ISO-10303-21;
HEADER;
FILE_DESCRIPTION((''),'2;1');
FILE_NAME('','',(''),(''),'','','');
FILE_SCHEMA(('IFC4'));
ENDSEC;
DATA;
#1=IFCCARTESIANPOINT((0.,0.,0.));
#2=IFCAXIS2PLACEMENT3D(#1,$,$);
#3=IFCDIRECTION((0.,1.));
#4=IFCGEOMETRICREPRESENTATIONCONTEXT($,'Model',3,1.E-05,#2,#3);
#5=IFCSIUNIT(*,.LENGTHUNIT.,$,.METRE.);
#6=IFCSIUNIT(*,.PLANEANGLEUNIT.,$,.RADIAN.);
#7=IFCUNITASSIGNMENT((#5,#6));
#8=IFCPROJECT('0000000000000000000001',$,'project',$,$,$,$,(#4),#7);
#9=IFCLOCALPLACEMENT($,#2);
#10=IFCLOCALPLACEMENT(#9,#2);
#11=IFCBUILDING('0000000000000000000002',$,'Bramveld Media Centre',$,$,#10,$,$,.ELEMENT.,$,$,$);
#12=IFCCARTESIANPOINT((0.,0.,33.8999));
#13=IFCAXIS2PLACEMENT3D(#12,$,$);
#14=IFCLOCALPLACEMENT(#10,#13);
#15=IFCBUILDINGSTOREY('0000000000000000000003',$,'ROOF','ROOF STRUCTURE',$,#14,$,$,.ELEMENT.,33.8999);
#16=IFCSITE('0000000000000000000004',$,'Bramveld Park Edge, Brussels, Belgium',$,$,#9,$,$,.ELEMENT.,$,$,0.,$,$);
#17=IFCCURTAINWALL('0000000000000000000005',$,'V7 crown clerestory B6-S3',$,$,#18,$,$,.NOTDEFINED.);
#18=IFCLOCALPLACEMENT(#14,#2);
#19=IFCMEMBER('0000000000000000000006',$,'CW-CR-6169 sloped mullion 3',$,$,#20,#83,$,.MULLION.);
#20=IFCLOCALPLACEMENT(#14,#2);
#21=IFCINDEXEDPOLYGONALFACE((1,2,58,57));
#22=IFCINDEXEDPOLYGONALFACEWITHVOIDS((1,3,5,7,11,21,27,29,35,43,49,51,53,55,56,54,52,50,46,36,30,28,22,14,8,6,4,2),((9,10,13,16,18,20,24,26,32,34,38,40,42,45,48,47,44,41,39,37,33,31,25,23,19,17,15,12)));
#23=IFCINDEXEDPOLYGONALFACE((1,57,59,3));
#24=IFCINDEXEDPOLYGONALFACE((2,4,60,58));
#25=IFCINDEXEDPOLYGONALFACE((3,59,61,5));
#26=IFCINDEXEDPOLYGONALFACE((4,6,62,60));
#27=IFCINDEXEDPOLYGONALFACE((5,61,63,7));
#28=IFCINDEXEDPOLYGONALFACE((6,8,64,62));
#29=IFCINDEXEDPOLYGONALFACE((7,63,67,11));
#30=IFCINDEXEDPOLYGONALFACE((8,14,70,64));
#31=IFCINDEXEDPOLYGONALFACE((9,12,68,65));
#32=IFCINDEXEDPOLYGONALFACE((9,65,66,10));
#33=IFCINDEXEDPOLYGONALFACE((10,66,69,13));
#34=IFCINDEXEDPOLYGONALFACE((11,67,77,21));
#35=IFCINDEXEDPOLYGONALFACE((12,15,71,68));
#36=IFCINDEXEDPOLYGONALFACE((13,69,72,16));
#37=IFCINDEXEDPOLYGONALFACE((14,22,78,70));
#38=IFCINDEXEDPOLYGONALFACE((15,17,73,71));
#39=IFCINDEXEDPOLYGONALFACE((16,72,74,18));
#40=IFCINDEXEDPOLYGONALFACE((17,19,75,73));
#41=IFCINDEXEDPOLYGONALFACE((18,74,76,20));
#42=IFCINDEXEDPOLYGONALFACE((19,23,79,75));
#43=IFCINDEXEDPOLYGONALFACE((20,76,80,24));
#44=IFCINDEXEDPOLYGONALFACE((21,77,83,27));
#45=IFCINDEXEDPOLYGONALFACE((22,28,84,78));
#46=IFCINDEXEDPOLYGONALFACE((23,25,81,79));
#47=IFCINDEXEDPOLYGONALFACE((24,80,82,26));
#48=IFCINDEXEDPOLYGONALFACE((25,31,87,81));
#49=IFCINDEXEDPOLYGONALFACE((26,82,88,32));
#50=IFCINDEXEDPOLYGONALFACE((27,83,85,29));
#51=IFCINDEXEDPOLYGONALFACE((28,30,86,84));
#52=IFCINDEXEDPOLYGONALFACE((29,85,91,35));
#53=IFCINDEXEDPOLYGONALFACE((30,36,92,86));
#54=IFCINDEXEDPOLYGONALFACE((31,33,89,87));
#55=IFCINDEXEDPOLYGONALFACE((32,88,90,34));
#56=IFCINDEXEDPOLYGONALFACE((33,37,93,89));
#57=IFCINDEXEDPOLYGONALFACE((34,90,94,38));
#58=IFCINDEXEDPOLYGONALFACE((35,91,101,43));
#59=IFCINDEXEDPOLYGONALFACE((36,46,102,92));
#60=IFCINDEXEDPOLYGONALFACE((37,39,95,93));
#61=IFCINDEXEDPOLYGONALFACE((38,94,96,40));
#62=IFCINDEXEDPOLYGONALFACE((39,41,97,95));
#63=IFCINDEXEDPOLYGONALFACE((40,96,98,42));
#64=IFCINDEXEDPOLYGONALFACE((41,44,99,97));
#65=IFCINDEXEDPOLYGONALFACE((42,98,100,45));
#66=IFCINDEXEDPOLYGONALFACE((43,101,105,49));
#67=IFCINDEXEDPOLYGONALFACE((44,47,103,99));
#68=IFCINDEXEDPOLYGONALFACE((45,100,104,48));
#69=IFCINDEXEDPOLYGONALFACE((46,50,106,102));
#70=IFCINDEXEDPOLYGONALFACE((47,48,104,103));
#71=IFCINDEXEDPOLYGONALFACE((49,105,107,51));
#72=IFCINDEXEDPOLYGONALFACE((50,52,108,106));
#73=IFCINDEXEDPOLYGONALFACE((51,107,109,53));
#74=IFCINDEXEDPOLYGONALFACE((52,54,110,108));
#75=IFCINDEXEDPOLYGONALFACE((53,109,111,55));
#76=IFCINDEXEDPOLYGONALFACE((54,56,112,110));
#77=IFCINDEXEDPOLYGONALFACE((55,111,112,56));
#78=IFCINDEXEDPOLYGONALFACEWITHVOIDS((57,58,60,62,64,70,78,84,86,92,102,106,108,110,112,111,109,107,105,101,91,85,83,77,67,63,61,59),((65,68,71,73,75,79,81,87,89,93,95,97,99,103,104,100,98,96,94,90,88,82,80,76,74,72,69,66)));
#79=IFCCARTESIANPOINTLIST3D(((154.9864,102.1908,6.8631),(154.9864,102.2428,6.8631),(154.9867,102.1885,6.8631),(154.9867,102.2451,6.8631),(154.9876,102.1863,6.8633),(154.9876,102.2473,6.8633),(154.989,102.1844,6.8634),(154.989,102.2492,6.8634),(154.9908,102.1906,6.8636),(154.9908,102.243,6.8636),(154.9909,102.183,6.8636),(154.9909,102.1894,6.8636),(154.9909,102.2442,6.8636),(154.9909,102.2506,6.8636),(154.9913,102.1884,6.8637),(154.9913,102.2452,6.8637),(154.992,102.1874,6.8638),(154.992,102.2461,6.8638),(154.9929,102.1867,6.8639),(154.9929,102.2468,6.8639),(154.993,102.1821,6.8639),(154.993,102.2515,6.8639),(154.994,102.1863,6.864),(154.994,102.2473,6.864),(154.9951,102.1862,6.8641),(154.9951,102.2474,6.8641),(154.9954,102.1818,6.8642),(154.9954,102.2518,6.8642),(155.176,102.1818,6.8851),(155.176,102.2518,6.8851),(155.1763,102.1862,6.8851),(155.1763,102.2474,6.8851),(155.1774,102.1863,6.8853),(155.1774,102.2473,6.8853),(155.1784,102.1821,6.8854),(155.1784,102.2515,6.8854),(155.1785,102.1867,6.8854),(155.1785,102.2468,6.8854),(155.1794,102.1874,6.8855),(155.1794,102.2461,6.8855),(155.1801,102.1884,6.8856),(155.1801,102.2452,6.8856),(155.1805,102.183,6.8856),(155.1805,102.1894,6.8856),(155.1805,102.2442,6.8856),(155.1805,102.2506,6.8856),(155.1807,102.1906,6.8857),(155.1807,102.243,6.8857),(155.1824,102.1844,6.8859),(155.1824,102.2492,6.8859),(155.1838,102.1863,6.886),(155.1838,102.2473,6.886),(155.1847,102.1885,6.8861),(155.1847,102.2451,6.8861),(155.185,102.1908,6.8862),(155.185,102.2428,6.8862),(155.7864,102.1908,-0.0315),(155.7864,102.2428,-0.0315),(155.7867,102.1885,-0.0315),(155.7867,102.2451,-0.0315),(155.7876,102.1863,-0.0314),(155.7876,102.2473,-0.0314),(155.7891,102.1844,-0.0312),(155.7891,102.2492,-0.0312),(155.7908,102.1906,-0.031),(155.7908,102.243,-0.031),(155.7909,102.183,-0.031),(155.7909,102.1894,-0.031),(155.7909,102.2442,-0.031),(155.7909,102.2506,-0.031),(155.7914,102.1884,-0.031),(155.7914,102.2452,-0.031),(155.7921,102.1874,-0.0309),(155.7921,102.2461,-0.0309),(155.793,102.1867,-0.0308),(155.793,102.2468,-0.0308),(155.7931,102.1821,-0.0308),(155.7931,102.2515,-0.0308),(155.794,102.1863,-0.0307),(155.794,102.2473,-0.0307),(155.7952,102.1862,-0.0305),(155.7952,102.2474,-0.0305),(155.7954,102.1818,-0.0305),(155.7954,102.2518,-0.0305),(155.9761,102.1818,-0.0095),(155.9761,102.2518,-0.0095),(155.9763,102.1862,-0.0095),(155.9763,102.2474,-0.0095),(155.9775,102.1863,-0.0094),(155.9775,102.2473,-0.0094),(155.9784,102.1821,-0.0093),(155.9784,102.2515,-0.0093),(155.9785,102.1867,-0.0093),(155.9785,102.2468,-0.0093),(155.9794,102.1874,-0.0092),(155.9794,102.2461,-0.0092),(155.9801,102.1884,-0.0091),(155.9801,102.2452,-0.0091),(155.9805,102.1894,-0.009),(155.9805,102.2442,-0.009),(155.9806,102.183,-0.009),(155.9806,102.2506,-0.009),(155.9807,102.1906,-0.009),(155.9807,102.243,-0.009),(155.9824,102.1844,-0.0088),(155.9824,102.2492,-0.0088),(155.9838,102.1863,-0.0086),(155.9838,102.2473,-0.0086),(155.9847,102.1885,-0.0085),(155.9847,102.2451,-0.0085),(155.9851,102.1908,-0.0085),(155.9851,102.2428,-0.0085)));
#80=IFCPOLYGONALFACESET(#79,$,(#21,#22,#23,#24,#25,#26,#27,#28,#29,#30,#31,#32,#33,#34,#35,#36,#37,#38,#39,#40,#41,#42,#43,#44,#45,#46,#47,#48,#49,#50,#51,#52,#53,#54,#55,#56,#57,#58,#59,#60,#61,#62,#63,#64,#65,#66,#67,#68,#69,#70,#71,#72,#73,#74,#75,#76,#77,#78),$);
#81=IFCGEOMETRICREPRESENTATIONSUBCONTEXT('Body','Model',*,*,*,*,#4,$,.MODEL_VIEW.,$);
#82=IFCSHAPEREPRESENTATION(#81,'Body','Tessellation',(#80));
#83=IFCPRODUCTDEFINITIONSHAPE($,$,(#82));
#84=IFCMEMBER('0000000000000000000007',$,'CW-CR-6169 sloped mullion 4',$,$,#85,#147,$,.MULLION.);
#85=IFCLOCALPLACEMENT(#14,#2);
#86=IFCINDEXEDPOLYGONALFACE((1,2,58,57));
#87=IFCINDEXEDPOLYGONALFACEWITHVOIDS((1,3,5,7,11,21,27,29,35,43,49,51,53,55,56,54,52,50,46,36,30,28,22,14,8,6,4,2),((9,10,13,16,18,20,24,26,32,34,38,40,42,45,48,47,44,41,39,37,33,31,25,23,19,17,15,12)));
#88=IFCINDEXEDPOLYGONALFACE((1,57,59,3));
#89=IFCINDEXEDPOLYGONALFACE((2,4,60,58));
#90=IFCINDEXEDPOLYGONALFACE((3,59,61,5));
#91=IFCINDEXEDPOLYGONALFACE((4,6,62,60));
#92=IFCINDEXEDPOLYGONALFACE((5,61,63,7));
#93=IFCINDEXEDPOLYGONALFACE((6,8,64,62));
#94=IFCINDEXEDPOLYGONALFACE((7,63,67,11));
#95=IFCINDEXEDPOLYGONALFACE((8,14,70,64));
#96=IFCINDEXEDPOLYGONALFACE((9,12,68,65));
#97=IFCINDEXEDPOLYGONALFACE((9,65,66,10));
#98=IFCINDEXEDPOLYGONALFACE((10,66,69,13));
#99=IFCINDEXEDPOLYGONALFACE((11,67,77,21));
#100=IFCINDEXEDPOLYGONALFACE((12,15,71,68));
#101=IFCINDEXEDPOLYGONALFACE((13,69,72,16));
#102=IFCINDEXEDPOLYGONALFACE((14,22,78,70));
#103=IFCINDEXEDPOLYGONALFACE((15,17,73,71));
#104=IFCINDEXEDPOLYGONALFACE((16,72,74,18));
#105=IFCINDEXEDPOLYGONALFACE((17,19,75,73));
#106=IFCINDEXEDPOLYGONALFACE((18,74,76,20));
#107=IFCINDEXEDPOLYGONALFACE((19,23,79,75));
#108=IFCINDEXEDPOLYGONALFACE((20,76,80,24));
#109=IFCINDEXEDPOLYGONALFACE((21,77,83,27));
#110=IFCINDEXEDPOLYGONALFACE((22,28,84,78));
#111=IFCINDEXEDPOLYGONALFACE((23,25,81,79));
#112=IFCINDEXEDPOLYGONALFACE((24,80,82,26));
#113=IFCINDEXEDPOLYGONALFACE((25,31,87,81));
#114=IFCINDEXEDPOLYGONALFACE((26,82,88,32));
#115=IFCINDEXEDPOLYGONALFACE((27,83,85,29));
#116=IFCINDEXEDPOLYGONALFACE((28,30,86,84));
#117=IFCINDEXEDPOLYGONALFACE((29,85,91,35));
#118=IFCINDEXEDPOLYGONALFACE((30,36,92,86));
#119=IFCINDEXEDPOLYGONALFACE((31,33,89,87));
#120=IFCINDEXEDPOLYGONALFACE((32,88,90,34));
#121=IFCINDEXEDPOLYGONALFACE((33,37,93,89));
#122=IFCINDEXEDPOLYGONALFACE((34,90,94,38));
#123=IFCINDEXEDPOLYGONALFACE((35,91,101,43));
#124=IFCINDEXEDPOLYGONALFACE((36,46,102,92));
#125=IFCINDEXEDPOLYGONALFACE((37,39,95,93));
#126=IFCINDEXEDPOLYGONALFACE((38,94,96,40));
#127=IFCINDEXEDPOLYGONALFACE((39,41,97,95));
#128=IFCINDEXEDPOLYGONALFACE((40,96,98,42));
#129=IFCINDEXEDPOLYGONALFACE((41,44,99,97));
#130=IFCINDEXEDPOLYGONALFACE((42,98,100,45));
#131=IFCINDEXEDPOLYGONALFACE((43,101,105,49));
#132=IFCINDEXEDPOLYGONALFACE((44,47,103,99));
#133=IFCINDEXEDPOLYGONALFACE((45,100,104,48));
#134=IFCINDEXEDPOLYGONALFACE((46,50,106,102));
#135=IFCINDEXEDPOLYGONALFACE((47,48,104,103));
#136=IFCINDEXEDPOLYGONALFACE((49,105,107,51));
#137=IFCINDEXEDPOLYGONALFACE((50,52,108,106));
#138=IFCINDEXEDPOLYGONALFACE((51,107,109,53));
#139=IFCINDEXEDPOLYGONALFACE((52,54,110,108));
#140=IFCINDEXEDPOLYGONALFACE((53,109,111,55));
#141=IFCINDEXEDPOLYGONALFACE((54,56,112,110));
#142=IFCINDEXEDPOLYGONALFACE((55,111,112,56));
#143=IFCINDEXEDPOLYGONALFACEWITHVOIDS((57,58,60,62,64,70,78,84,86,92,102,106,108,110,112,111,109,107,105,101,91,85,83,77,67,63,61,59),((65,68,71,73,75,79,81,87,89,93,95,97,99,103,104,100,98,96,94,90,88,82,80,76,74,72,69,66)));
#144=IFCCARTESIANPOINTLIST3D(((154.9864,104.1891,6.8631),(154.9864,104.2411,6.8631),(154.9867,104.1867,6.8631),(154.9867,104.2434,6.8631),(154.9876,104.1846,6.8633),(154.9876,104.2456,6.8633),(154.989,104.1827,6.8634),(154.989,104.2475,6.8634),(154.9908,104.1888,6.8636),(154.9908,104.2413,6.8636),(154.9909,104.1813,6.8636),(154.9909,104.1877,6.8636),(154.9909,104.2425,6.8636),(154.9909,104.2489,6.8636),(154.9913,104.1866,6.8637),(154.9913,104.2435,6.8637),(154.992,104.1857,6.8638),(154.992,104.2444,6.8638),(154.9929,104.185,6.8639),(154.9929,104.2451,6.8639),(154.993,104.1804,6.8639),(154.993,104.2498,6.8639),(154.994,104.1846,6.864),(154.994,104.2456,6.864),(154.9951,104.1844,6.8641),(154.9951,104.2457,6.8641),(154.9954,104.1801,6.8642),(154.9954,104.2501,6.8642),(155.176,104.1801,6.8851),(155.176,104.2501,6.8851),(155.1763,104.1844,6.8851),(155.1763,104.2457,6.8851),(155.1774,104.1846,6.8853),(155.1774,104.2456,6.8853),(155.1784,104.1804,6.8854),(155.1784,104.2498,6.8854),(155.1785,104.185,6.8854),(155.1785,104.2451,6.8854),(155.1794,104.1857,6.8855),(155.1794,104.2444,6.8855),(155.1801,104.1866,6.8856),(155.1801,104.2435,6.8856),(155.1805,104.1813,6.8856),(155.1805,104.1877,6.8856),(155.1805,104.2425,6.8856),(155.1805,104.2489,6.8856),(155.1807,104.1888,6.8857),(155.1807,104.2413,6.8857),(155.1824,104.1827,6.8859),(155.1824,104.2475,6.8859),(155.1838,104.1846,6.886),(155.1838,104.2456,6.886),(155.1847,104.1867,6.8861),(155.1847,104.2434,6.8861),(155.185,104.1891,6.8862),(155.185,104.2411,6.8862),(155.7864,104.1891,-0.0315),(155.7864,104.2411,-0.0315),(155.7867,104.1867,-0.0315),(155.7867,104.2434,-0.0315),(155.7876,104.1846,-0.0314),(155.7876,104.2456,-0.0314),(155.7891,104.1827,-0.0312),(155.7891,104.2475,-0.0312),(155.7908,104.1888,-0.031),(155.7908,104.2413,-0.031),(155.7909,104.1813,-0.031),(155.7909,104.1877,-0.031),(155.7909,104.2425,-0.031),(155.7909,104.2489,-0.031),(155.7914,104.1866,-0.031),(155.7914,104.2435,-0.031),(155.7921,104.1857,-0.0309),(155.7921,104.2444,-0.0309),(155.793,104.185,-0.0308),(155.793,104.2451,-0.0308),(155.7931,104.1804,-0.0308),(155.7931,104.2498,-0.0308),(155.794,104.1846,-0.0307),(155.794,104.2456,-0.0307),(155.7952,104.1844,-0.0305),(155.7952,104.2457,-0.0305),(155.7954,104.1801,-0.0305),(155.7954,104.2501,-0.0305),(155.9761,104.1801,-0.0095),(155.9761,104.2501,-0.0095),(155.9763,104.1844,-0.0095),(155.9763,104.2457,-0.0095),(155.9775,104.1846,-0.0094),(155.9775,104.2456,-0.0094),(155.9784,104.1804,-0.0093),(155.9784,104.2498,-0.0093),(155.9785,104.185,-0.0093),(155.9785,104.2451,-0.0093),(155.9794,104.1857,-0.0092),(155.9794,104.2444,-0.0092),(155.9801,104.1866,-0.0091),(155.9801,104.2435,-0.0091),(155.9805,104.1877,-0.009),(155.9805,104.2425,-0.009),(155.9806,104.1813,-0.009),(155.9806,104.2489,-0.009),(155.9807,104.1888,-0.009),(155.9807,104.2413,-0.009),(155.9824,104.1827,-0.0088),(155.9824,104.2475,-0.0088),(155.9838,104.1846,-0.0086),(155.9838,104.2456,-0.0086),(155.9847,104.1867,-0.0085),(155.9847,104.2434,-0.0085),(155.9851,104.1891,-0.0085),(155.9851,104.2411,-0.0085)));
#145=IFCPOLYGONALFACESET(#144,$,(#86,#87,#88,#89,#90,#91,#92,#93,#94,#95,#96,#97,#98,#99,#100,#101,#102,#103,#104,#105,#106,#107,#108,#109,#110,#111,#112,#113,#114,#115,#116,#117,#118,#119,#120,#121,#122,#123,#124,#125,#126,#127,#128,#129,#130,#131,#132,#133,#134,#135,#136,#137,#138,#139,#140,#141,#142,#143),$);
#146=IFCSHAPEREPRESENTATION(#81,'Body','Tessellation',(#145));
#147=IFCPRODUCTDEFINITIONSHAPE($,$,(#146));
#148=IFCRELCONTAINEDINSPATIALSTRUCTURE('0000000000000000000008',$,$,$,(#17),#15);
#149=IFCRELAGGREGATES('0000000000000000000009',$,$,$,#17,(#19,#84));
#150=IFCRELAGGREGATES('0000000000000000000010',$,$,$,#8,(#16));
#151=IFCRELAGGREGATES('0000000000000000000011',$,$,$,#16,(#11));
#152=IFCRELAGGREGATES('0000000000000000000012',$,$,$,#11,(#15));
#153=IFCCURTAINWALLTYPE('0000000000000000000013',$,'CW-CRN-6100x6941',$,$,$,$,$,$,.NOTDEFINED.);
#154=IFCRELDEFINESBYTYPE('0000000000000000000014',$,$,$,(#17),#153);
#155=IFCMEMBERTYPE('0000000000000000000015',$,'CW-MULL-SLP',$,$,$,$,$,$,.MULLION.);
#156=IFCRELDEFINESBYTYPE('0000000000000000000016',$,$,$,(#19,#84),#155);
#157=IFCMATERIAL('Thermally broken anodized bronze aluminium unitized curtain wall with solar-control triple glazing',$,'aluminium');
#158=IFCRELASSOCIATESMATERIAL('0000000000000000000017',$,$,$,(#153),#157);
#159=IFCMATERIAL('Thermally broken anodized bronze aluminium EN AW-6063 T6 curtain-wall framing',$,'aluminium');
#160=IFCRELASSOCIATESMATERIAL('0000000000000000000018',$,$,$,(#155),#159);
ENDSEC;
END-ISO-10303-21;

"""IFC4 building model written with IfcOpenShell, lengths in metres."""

from ifc_helpers import new_model, si_unit, direction, frame, origin, origin_2d, place, context, subcontext, project, spatial, hollow_rectangle, extrude, material, material_profile, profile_set, type_object, element, aggregate, save


model = new_model("IFC4")

# Units and contexts
model_context = context("Model", 3, precision=1e-05, world=origin(), true_north=direction((0.0, 1.0)))
body_context = subcontext(model_context, "Body", "Model", "MODEL_VIEW")
ifc_project = project(units=[si_unit("LENGTHUNIT", "METRE"), si_unit("PLANEANGLEUNIT", "RADIAN")], contexts=[model_context])

# Site, building, storey
site_placement = place(None, origin())
site = spatial("IfcSite", under=ifc_project, at=site_placement, Name="Bramveld Park Edge, Brussels, Belgium", CompositionType="ELEMENT", RefElevation=0.0)
building_placement = place(site_placement, origin())
building = spatial("IfcBuilding", under=site, at=building_placement, Name="Bramveld Media Centre", CompositionType="ELEMENT")
storey_placement = place(building_placement, frame((0.0, 0.0, 33.8999)))
storey = spatial("IfcBuildingStorey", under=building, at=storey_placement, Name="ROOF", Description="ROOF STRUCTURE", CompositionType="ELEMENT", Elevation=33.8999)

# Curtain wall, members
ifc_material_1 = material(Name="Thermally broken anodized bronze aluminium unitized curtain wall with solar-control triple glazing", Category="aluminium")
curtain_wall_type = type_object("IfcCurtainWallType", Name="CW-CRN-6100x6941", PredefinedType="NOTDEFINED", material=ifc_material_1)
curtain_wall_1_placement = place(storey_placement, origin())
curtain_wall_1 = element("IfcCurtainWall", 1, at=curtain_wall_1_placement, inside=storey, type_object=curtain_wall_type, Name="V7 crown clerestory B6-S3", PredefinedType="NOTDEFINED")
ifc_material_2 = material(Name="Thermally broken anodized bronze aluminium EN AW-6063 T6 curtain-wall framing", Category="aluminium")
ifc_material_profile_1 = material_profile(ifc_material_2, hollow_rectangle(XDim=0.0701, YDim=0.2, WallThickness=0.0044, InnerFilletRadius=0.0044, OuterFilletRadius=0.009, at=origin_2d()), Name="AL-MULL 70x200")
ifc_profile_set_1 = profile_set([ifc_material_profile_1], Name="Thermally broken anodized bronze aluminium EN AW-6063 T6 curtain-wall framing")
member_type_1 = type_object("IfcMemberType", Name="CW-MULL-SLP", PredefinedType="MULLION", material=ifc_profile_set_1)
member_1_placement = place(storey_placement, frame((155.8857, 102.2168, -0.02), z_axis=(-0.115264, 0.0, 0.993335), x_axis=(0.0, -1.0, 0.0)))
member_1 = element("IfcMember", 2, at=member_1_placement, type_object=member_type_1, Name="CW-CR-6169 sloped mullion 3", PredefinedType="MULLION", context=body_context, shape_type="SweptSolid", body=[
    extrude(hollow_rectangle(XDim=0.0701, YDim=0.2, WallThickness=0.0044, InnerFilletRadius=0.0044, OuterFilletRadius=0.009, at=origin_2d()), origin(), (0.0, 0.0, 1.0), 6.9409),
])
member_2_placement = place(storey_placement, frame((155.8857, 104.2151, -0.02), z_axis=(-0.115264, 0.0, 0.993335), x_axis=(0.0, -1.0, 0.0)))
member_2 = element("IfcMember", 3, at=member_2_placement, type_object=member_type_1, Name="CW-CR-6169 sloped mullion 4", PredefinedType="MULLION", context=body_context, shape_type="SweptSolid", body=[
    extrude(hollow_rectangle(XDim=0.0701, YDim=0.2, WallThickness=0.0044, InnerFilletRadius=0.0044, OuterFilletRadius=0.009, at=origin_2d()), origin(), (0.0, 0.0, 1.0), 6.9409),
])

aggregate(curtain_wall_1, [member_1, member_2])

save(model, "model.ifc")
